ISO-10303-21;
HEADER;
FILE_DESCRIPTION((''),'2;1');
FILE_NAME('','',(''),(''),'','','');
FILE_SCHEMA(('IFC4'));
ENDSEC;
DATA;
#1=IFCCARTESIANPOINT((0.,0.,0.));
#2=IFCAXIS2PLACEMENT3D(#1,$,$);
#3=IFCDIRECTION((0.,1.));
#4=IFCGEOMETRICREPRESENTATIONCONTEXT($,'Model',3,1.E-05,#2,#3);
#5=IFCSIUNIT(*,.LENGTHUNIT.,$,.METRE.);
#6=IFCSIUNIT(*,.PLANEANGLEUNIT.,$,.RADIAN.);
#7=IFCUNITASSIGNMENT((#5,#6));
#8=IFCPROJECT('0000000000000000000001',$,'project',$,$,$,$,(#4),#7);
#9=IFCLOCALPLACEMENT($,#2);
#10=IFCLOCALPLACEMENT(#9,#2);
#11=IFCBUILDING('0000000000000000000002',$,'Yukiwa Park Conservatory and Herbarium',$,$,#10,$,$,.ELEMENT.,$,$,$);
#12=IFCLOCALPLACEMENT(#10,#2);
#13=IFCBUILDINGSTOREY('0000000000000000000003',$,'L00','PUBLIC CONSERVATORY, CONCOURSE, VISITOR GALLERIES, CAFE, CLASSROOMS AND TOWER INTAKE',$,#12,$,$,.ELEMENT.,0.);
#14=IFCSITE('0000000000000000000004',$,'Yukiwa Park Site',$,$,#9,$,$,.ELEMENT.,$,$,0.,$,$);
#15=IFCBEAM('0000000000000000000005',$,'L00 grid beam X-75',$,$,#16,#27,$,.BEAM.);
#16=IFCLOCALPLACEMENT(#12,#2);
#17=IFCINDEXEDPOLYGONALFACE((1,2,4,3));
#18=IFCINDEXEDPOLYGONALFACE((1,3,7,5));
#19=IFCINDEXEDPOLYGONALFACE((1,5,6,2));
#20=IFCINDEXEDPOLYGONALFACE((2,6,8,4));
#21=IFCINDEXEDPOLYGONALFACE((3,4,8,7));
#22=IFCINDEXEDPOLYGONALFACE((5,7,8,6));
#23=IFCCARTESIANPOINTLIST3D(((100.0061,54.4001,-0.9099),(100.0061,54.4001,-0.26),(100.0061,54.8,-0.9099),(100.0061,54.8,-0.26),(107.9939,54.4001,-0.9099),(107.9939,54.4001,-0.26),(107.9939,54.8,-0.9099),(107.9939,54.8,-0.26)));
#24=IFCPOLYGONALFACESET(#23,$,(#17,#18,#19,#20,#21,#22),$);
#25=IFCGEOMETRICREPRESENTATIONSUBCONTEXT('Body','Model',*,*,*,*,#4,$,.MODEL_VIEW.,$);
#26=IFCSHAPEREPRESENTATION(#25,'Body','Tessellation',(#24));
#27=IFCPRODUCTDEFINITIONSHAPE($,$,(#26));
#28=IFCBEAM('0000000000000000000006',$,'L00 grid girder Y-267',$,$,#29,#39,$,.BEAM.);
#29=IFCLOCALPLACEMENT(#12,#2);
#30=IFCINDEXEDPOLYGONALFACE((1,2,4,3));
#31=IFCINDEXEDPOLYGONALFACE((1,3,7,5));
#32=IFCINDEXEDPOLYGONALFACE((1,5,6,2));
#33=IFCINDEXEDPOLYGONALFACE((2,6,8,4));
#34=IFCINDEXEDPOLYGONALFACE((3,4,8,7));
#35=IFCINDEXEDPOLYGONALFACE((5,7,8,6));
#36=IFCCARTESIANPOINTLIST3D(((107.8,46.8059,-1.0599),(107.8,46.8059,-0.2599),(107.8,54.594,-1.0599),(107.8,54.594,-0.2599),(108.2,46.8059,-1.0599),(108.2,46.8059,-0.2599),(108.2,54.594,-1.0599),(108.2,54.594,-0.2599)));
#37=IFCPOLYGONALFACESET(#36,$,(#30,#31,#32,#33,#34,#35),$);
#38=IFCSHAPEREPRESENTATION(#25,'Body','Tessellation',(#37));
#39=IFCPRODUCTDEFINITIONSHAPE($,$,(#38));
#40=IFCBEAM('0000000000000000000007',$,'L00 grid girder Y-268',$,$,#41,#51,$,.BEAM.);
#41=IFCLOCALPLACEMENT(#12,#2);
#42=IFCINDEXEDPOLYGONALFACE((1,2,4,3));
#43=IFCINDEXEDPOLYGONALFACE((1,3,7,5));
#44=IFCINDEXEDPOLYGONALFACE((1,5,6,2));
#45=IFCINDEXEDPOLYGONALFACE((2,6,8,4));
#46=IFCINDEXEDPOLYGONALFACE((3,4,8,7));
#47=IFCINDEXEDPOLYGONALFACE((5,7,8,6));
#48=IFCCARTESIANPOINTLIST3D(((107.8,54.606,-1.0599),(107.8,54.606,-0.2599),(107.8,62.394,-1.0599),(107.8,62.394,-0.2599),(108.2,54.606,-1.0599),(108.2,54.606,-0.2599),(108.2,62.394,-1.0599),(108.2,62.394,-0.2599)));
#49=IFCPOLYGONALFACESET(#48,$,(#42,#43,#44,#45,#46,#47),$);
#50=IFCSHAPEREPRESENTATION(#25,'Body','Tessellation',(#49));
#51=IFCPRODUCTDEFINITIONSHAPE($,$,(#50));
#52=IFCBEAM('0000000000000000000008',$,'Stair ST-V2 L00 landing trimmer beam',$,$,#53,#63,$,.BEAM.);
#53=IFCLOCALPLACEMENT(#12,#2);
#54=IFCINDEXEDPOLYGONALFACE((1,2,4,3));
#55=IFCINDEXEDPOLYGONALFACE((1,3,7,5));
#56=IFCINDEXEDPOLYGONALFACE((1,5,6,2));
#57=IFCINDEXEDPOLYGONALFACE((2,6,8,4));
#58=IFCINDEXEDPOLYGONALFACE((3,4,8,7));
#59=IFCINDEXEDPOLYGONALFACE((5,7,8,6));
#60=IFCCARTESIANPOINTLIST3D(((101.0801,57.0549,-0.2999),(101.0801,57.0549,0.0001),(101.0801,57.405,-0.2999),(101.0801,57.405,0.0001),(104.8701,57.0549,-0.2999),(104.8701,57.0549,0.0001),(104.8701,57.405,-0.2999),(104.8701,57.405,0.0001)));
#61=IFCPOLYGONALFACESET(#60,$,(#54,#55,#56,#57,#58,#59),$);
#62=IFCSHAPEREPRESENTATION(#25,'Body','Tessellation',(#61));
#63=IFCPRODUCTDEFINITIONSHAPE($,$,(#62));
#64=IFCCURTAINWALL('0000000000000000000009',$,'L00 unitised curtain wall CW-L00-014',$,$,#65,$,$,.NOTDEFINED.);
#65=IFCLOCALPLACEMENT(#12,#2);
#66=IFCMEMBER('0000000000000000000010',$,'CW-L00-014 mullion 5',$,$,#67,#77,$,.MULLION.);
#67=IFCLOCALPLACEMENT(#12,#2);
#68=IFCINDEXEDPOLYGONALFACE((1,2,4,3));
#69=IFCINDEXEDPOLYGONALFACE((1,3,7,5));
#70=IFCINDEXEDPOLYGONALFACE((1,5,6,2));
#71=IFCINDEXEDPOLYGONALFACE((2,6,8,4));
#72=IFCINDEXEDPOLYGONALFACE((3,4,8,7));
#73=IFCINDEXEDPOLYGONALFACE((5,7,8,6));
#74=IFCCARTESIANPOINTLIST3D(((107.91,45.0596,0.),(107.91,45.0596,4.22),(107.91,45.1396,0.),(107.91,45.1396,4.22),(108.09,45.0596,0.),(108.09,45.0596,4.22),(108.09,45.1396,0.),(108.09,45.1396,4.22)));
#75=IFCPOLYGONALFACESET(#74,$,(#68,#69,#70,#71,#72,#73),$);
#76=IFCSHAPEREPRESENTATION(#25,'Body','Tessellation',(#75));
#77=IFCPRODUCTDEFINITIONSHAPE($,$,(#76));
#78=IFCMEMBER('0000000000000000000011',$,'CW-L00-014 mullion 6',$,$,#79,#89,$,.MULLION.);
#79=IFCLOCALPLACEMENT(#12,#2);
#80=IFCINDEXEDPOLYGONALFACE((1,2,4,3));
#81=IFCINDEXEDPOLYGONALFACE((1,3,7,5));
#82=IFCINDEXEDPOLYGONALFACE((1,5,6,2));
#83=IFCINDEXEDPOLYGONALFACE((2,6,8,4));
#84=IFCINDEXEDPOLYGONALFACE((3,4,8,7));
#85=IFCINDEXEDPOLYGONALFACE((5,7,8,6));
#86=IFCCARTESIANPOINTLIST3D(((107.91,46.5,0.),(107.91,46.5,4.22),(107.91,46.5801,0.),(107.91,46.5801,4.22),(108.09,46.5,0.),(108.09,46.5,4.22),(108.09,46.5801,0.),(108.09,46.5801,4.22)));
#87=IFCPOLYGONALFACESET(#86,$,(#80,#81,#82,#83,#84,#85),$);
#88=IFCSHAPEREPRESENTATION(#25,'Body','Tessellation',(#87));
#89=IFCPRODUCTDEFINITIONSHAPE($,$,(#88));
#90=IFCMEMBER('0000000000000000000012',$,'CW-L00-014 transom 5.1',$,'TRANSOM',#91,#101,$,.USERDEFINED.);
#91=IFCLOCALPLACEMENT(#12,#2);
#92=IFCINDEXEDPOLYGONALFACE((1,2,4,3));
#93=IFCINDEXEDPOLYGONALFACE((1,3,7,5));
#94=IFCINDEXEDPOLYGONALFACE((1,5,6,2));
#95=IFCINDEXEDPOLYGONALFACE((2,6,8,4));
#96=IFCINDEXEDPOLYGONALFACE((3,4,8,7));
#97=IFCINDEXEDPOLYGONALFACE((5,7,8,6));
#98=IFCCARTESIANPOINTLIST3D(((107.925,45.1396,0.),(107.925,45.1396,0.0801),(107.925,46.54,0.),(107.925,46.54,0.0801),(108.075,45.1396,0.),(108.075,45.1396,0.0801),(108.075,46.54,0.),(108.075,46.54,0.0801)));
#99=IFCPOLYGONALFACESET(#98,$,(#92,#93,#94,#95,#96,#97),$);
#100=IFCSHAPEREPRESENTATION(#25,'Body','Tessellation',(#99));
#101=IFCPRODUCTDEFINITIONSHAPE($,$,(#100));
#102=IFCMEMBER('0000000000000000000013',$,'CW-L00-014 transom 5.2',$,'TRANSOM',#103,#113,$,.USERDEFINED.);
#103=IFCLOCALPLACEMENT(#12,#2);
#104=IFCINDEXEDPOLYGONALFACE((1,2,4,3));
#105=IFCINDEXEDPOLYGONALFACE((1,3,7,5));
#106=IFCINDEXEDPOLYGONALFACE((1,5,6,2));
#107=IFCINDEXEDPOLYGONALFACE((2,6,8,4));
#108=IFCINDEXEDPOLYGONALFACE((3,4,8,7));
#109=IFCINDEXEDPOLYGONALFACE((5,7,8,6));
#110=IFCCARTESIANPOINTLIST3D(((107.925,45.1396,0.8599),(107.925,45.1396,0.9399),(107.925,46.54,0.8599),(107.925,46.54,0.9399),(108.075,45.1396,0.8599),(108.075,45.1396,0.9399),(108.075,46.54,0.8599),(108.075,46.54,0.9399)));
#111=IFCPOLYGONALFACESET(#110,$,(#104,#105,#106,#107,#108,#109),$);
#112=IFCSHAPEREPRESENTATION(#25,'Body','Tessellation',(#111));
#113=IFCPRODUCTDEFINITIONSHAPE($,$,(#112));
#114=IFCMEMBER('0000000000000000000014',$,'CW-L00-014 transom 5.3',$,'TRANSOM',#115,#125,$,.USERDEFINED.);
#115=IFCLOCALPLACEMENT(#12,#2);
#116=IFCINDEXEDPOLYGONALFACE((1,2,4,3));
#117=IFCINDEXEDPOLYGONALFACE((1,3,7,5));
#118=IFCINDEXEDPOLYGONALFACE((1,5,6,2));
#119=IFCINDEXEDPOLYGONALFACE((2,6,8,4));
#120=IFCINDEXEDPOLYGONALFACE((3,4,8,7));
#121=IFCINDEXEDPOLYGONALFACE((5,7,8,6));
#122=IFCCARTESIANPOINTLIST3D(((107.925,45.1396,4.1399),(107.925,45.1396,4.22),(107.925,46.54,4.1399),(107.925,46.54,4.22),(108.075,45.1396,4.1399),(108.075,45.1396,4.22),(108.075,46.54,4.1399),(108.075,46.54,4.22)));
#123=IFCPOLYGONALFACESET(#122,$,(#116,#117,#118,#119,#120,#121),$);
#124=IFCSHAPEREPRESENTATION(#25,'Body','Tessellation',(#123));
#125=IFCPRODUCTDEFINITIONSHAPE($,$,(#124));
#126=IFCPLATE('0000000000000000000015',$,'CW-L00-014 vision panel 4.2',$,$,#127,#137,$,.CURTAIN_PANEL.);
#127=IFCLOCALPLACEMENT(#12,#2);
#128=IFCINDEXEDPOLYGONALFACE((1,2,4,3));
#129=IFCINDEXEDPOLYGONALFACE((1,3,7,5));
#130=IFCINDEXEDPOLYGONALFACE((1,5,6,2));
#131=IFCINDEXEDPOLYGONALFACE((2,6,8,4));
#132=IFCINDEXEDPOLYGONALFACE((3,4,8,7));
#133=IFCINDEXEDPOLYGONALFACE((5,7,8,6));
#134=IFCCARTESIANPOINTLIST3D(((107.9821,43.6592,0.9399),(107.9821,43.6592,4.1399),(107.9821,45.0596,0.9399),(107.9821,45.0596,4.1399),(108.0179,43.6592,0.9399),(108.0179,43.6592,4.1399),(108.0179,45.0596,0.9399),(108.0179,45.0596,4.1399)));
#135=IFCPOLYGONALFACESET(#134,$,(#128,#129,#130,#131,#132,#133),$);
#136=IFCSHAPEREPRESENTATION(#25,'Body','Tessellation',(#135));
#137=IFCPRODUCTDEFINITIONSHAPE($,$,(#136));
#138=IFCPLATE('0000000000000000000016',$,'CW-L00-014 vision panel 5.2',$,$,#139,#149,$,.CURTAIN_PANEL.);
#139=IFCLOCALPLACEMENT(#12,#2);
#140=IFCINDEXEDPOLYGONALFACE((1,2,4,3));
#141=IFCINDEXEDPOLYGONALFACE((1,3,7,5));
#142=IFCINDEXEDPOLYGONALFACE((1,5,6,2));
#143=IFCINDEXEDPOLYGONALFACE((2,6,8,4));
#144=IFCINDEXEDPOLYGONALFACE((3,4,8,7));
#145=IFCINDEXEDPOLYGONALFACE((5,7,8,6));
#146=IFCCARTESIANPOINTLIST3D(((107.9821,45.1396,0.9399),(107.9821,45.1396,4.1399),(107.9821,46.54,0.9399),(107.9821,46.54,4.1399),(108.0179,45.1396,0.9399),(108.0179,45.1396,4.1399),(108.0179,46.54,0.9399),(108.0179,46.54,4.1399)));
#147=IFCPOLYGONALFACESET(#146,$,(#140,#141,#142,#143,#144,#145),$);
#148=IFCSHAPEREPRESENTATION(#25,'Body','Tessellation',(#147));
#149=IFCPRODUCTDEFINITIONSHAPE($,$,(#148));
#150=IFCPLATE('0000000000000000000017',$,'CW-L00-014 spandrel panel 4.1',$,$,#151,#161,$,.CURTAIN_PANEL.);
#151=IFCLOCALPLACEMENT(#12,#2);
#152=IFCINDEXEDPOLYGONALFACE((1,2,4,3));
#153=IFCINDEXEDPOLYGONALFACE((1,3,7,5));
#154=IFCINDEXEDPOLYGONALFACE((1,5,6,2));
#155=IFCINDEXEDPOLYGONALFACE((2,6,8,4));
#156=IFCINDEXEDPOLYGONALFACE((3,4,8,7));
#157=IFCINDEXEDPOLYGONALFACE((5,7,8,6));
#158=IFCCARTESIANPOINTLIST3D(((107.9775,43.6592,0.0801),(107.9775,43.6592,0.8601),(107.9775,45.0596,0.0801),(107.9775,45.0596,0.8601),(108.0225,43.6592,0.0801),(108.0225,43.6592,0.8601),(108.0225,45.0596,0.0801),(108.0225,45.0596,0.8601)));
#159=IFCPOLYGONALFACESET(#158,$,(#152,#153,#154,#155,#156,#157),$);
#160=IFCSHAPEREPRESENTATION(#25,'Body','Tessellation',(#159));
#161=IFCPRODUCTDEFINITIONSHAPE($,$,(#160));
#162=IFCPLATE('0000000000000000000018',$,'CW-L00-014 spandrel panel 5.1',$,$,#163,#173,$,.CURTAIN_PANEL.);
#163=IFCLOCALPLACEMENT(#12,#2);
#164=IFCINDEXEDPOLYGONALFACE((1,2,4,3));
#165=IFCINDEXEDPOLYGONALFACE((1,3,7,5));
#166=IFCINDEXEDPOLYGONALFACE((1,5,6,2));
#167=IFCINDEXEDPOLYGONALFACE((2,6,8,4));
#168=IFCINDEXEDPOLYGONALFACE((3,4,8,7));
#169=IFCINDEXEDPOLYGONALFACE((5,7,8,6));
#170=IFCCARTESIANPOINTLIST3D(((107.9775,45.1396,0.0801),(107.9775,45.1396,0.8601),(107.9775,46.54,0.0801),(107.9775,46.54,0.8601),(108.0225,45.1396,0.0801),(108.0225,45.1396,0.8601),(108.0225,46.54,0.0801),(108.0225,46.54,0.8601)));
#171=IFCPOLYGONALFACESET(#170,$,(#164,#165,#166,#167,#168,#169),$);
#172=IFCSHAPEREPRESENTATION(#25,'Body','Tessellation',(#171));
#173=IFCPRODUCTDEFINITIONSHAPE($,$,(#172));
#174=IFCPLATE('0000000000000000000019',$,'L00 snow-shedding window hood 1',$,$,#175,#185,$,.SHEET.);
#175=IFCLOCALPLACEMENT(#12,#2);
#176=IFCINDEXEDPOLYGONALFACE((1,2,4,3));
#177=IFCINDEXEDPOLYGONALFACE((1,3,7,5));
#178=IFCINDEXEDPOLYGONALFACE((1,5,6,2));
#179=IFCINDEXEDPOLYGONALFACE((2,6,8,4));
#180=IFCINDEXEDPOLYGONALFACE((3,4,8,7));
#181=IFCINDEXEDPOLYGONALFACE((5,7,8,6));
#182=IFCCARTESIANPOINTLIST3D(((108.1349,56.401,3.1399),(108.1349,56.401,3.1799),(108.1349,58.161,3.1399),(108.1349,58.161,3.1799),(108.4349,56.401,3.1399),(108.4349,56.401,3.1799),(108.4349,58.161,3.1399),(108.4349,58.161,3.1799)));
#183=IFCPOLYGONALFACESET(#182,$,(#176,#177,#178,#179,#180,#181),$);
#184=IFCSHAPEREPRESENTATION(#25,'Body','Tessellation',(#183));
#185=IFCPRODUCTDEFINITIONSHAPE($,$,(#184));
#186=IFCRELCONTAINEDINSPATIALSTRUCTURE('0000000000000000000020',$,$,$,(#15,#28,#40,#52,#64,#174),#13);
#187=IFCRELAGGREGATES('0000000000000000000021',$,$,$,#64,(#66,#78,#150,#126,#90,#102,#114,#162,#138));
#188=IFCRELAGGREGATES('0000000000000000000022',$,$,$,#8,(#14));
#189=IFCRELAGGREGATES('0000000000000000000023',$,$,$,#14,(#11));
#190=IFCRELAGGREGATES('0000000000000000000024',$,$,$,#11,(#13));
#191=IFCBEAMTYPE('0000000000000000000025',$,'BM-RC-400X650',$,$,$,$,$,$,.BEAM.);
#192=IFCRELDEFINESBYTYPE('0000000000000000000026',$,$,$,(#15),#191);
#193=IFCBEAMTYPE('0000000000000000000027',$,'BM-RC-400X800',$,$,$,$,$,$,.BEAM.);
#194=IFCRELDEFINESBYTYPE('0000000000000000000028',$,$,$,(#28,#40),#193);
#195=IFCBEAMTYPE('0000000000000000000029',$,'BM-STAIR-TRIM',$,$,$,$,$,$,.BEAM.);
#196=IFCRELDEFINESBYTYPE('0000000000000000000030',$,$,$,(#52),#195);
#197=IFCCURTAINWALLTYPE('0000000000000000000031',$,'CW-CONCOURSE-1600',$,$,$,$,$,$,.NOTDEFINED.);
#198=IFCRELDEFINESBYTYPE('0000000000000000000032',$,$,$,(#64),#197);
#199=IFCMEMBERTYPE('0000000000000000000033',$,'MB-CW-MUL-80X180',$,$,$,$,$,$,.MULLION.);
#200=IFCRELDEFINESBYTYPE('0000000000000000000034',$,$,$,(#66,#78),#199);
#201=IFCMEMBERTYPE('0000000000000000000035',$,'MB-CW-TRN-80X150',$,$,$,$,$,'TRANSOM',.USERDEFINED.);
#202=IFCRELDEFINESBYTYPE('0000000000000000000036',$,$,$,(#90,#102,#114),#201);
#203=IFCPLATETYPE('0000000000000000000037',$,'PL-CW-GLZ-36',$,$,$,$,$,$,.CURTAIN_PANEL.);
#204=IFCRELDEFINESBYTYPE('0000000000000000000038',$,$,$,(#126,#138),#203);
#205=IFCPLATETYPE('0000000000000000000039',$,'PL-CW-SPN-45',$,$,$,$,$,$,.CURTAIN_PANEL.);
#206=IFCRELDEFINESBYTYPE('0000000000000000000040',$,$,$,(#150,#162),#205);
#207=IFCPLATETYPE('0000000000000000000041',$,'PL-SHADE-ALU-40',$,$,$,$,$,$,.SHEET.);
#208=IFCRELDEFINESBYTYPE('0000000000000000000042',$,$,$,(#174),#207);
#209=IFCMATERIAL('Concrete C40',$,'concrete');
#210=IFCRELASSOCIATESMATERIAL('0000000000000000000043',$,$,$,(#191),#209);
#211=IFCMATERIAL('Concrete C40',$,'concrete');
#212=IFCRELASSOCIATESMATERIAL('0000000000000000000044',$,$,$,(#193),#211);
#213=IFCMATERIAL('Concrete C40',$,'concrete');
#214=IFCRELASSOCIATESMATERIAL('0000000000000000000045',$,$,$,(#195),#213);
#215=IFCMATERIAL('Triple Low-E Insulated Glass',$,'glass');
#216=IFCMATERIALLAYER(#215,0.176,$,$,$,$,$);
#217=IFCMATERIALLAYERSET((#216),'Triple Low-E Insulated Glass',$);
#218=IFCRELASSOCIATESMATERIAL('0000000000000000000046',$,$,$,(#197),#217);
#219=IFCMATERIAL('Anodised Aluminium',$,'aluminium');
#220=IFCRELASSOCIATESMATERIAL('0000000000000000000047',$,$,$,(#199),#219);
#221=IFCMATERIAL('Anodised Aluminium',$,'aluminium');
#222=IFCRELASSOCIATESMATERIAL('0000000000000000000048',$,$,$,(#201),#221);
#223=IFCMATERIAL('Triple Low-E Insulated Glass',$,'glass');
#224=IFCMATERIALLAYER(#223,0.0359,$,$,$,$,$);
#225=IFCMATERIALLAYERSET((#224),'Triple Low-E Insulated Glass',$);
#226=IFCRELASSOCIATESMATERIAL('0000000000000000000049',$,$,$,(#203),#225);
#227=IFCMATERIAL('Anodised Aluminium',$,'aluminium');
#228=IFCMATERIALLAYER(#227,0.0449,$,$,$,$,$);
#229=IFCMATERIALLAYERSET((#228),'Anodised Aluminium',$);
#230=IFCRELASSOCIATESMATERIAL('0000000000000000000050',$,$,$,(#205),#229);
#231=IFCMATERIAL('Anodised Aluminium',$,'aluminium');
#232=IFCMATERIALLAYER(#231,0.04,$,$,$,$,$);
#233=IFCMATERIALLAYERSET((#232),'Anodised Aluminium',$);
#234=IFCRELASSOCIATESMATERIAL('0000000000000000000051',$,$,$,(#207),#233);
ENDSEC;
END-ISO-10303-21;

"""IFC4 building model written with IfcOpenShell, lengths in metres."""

from ifc_helpers import new_model, si_unit, direction, frame, origin, origin_2d, place, context, subcontext, project, spatial, rectangle, extrude, material, layer, layer_set, material_profile, profile_set, type_object, element, aggregate, save


model = new_model("IFC4")

# Units and contexts
model_context = context("Model", 3, precision=1e-05, world=origin(), true_north=direction((0.0, 1.0)))
body_context = subcontext(model_context, "Body", "Model", "MODEL_VIEW")
ifc_project = project(units=[si_unit("LENGTHUNIT", "METRE"), si_unit("PLANEANGLEUNIT", "RADIAN")], contexts=[model_context])

# Site, building, storey
site_placement = place(None, origin())
site = spatial("IfcSite", under=ifc_project, at=site_placement, Name="Yukiwa Park Site", CompositionType="ELEMENT", RefElevation=0.0)
building_placement = place(site_placement, origin())
building = spatial("IfcBuilding", under=site, at=building_placement, Name="Yukiwa Park Conservatory and Herbarium", CompositionType="ELEMENT")
storey_placement = place(building_placement, origin())
storey = spatial("IfcBuildingStorey", under=building, at=storey_placement, Name="L00", Description="PUBLIC CONSERVATORY, CONCOURSE, VISITOR GALLERIES, CAFE, CLASSROOMS AND TOWER INTAKE", CompositionType="ELEMENT", Elevation=0.0)

# Beams
ifc_material_1 = material(Name="Concrete C40", Category="concrete")
ifc_material_profile_1 = material_profile(ifc_material_1, rectangle(XDim=0.3999, YDim=0.6499, at=origin_2d()), Name="RC 400x650")
ifc_profile_set_1 = profile_set([ifc_material_profile_1], Name="Concrete C40")
beam_type_1 = type_object("IfcBeamType", Name="BM-RC-400X650", PredefinedType="BEAM", material=ifc_profile_set_1)
beam_1_placement = place(storey_placement, frame((100.0061, 54.6001, -0.585), z_axis=(1.0, 0.0, 0.0), x_axis=(0.0, 1.0, 0.0)))
element("IfcBeam", 1, at=beam_1_placement, inside=storey, type_object=beam_type_1, Name="L00 grid beam X-75", PredefinedType="BEAM", context=body_context, shape_type="SweptSolid", body=[
    extrude(rectangle(XDim=0.3999, YDim=0.6499, at=origin_2d()), origin(), (0.0, 0.0, 1.0), 7.9878),
])
ifc_material_2 = material(Name="Concrete C40", Category="concrete")
ifc_material_profile_2 = material_profile(ifc_material_2, rectangle(XDim=0.3999, YDim=0.8, at=origin_2d()), Name="RC 400x800")
ifc_profile_set_2 = profile_set([ifc_material_profile_2], Name="Concrete C40")
beam_type_2 = type_object("IfcBeamType", Name="BM-RC-400X800", PredefinedType="BEAM", material=ifc_profile_set_2)
for number, where, z_axis, x_axis, name in (
    (2, (108.0, 46.8059, -0.6599), (0.0, 1.0, 0.0), (-1.0, 0.0, 0.0), "L00 grid girder Y-267"),
    (3, (108.0, 54.606, -0.6599), (0.0, 1.0, 0.0), (-1.0, 0.0, 0.0), "L00 grid girder Y-268"),
):
    element("IfcBeam", number, at=place(storey_placement, frame(where, z_axis=z_axis, x_axis=x_axis)), inside=storey, type_object=beam_type_2, Name=name, PredefinedType="BEAM", context=body_context, shape_type="SweptSolid", body=[
        extrude(rectangle(XDim=0.3999, YDim=0.8, at=origin_2d()), origin(), (0.0, 0.0, 1.0), 7.7881),
    ])
ifc_material_3 = material(Name="Concrete C40", Category="concrete")
ifc_material_profile_3 = material_profile(ifc_material_3, rectangle(XDim=0.3501, YDim=0.3, at=origin_2d()), Name="RC 350x300")
ifc_profile_set_3 = profile_set([ifc_material_profile_3], Name="Concrete C40")
beam_type_3 = type_object("IfcBeamType", Name="BM-STAIR-TRIM", PredefinedType="BEAM", material=ifc_profile_set_3)
beam_2_placement = place(storey_placement, frame((101.0801, 57.23, -0.1499), z_axis=(1.0, 0.0, 0.0), x_axis=(0.0, 1.0, 0.0)))
element("IfcBeam", 4, at=beam_2_placement, inside=storey, type_object=beam_type_3, Name="Stair ST-V2 L00 landing trimmer beam", PredefinedType="BEAM", context=body_context, shape_type="SweptSolid", body=[
    extrude(rectangle(XDim=0.3501, YDim=0.3, at=origin_2d()), origin(), (0.0, 0.0, 1.0), 3.79),
])

# Curtain wall, members, plates
ifc_material_4 = material(Name="Triple Low-E Insulated Glass", Category="glass")
ifc_layer_1 = layer(ifc_material_4, 0.176)
ifc_layer_set_1 = layer_set([ifc_layer_1], Name="Triple Low-E Insulated Glass")
curtain_wall_type = type_object("IfcCurtainWallType", Name="CW-CONCOURSE-1600", PredefinedType="NOTDEFINED", material=ifc_layer_set_1)
curtain_wall_placement = place(storey_placement, origin())
curtain_wall = element("IfcCurtainWall", 5, at=curtain_wall_placement, inside=storey, type_object=curtain_wall_type, Name="L00 unitised curtain wall CW-L00-014", PredefinedType="NOTDEFINED")
ifc_material_5 = material(Name="Anodised Aluminium", Category="aluminium")
member_type_1 = type_object("IfcMemberType", Name="MB-CW-MUL-80X180", PredefinedType="MULLION", material=ifc_material_5)
member_1_placement = place(storey_placement, frame((108.0, 45.0996, 0.0), z_axis=(0.0, 0.0, 1.0), x_axis=(0.0, 1.0, 0.0)))
member_1 = element("IfcMember", 6, at=member_1_placement, type_object=member_type_1, Name="CW-L00-014 mullion 5", PredefinedType="MULLION", context=body_context, shape_type="SweptSolid", body=[
    extrude(rectangle(XDim=0.0801, YDim=0.1799, at=origin_2d()), origin(), (0.0, 0.0, 1.0), 4.22),
])
member_2_placement = place(storey_placement, frame((108.0, 46.54, 0.0), z_axis=(0.0, 0.0, 1.0), x_axis=(0.0, 1.0, 0.0)))
member_2 = element("IfcMember", 7, at=member_2_placement, type_object=member_type_1, Name="CW-L00-014 mullion 6", PredefinedType="MULLION", context=body_context, shape_type="SweptSolid", body=[
    extrude(rectangle(XDim=0.0801, YDim=0.1799, at=origin_2d()), origin(), (0.0, 0.0, 1.0), 4.22),
])
ifc_material_6 = material(Name="Anodised Aluminium", Category="aluminium")
member_type_2 = type_object("IfcMemberType", Name="MB-CW-TRN-80X150", ElementType="TRANSOM", PredefinedType="USERDEFINED", material=ifc_material_6)
member_3_placement = place(storey_placement, frame((108.0, 45.8398, 0.0), z_axis=(0.0, 0.0, 1.0), x_axis=(0.0, 1.0, 0.0)))
member_3 = element("IfcMember", 8, at=member_3_placement, type_object=member_type_2, Name="CW-L00-014 transom 5.1", ObjectType="TRANSOM", PredefinedType="USERDEFINED", context=body_context, shape_type="SweptSolid", body=[
    extrude(rectangle(XDim=1.4004, YDim=0.1499, at=origin_2d()), origin(), (0.0, 0.0, 1.0), 0.0801),
])
member_4_placement = place(storey_placement, frame((108.0, 45.8398, 0.8599), z_axis=(0.0, 0.0, 1.0), x_axis=(0.0, 1.0, 0.0)))
member_4 = element("IfcMember", 9, at=member_4_placement, type_object=member_type_2, Name="CW-L00-014 transom 5.2", ObjectType="TRANSOM", PredefinedType="USERDEFINED", context=body_context, shape_type="SweptSolid", body=[
    extrude(rectangle(XDim=1.4004, YDim=0.1499, at=origin_2d()), origin(), (0.0, 0.0, 1.0), 0.0801),
])
member_5_placement = place(storey_placement, frame((108.0, 45.8398, 4.1399), z_axis=(0.0, 0.0, 1.0), x_axis=(0.0, 1.0, 0.0)))
member_5 = element("IfcMember", 10, at=member_5_placement, type_object=member_type_2, Name="CW-L00-014 transom 5.3", ObjectType="TRANSOM", PredefinedType="USERDEFINED", context=body_context, shape_type="SweptSolid", body=[
    extrude(rectangle(XDim=1.4004, YDim=0.1499, at=origin_2d()), origin(), (0.0, 0.0, 1.0), 0.0801),
])
ifc_material_7 = material(Name="Triple Low-E Insulated Glass", Category="glass")
ifc_layer_2 = layer(ifc_material_7, 0.0359)
ifc_layer_set_2 = layer_set([ifc_layer_2], Name="Triple Low-E Insulated Glass")
plate_type_1 = type_object("IfcPlateType", Name="PL-CW-GLZ-36", PredefinedType="CURTAIN_PANEL", material=ifc_layer_set_2)
plate_1_placement = place(storey_placement, frame((108.0, 44.3594, 0.9399), z_axis=(0.0, 0.0, 1.0), x_axis=(0.0, 1.0, 0.0)))
plate_1 = element("IfcPlate", 11, at=plate_1_placement, type_object=plate_type_1, Name="CW-L00-014 vision panel 4.2", PredefinedType="CURTAIN_PANEL", context=body_context, shape_type="SweptSolid", body=[
    extrude(rectangle(XDim=1.4004, YDim=0.0359, at=origin_2d()), origin(), (0.0, 0.0, 1.0), 3.2),
])
plate_2_placement = place(storey_placement, frame((108.0, 45.8398, 0.9399), z_axis=(0.0, 0.0, 1.0), x_axis=(0.0, 1.0, 0.0)))
plate_2 = element("IfcPlate", 12, at=plate_2_placement, type_object=plate_type_1, Name="CW-L00-014 vision panel 5.2", PredefinedType="CURTAIN_PANEL", context=body_context, shape_type="SweptSolid", body=[
    extrude(rectangle(XDim=1.4004, YDim=0.0359, at=origin_2d()), origin(), (0.0, 0.0, 1.0), 3.2),
])
ifc_material_8 = material(Name="Anodised Aluminium", Category="aluminium")
ifc_layer_3 = layer(ifc_material_8, 0.0449)
ifc_layer_set_3 = layer_set([ifc_layer_3], Name="Anodised Aluminium")
plate_type_2 = type_object("IfcPlateType", Name="PL-CW-SPN-45", PredefinedType="CURTAIN_PANEL", material=ifc_layer_set_3)
plate_3_placement = place(storey_placement, frame((108.0, 44.3594, 0.0801), z_axis=(0.0, 0.0, 1.0), x_axis=(0.0, 1.0, 0.0)))
plate_3 = element("IfcPlate", 13, at=plate_3_placement, type_object=plate_type_2, Name="CW-L00-014 spandrel panel 4.1", PredefinedType="CURTAIN_PANEL", context=body_context, shape_type="SweptSolid", body=[
    extrude(rectangle(XDim=1.4004, YDim=0.0449, at=origin_2d()), origin(), (0.0, 0.0, 1.0), 0.78),
])
plate_4_placement = place(storey_placement, frame((108.0, 45.8398, 0.0801), z_axis=(0.0, 0.0, 1.0), x_axis=(0.0, 1.0, 0.0)))
plate_4 = element("IfcPlate", 14, at=plate_4_placement, type_object=plate_type_2, Name="CW-L00-014 spandrel panel 5.1", PredefinedType="CURTAIN_PANEL", context=body_context, shape_type="SweptSolid", body=[
    extrude(rectangle(XDim=1.4004, YDim=0.0449, at=origin_2d()), origin(), (0.0, 0.0, 1.0), 0.78),
])
aggregate(curtain_wall, [member_1, member_2, plate_3, plate_1, member_3, member_4, member_5, plate_4, plate_2])

# Plate
ifc_material_9 = material(Name="Anodised Aluminium", Category="aluminium")
ifc_layer_4 = layer(ifc_material_9, 0.04)
ifc_layer_set_4 = layer_set([ifc_layer_4], Name="Anodised Aluminium")
plate_type_3 = type_object("IfcPlateType", Name="PL-SHADE-ALU-40", PredefinedType="SHEET", material=ifc_layer_set_4)
plate_5_placement = place(storey_placement, frame((108.2849, 57.281, 3.1399), z_axis=(0.0, 0.0, 1.0), x_axis=(0.0, 1.0, 0.0)))
element("IfcPlate", 15, at=plate_5_placement, inside=storey, type_object=plate_type_3, Name="L00 snow-shedding window hood 1", PredefinedType="SHEET", context=body_context, shape_type="SweptSolid", body=[
    extrude(rectangle(XDim=1.76, YDim=0.3, at=origin_2d()), origin(), (0.0, 0.0, 1.0), 0.04),
])

save(model, "model.ifc")
